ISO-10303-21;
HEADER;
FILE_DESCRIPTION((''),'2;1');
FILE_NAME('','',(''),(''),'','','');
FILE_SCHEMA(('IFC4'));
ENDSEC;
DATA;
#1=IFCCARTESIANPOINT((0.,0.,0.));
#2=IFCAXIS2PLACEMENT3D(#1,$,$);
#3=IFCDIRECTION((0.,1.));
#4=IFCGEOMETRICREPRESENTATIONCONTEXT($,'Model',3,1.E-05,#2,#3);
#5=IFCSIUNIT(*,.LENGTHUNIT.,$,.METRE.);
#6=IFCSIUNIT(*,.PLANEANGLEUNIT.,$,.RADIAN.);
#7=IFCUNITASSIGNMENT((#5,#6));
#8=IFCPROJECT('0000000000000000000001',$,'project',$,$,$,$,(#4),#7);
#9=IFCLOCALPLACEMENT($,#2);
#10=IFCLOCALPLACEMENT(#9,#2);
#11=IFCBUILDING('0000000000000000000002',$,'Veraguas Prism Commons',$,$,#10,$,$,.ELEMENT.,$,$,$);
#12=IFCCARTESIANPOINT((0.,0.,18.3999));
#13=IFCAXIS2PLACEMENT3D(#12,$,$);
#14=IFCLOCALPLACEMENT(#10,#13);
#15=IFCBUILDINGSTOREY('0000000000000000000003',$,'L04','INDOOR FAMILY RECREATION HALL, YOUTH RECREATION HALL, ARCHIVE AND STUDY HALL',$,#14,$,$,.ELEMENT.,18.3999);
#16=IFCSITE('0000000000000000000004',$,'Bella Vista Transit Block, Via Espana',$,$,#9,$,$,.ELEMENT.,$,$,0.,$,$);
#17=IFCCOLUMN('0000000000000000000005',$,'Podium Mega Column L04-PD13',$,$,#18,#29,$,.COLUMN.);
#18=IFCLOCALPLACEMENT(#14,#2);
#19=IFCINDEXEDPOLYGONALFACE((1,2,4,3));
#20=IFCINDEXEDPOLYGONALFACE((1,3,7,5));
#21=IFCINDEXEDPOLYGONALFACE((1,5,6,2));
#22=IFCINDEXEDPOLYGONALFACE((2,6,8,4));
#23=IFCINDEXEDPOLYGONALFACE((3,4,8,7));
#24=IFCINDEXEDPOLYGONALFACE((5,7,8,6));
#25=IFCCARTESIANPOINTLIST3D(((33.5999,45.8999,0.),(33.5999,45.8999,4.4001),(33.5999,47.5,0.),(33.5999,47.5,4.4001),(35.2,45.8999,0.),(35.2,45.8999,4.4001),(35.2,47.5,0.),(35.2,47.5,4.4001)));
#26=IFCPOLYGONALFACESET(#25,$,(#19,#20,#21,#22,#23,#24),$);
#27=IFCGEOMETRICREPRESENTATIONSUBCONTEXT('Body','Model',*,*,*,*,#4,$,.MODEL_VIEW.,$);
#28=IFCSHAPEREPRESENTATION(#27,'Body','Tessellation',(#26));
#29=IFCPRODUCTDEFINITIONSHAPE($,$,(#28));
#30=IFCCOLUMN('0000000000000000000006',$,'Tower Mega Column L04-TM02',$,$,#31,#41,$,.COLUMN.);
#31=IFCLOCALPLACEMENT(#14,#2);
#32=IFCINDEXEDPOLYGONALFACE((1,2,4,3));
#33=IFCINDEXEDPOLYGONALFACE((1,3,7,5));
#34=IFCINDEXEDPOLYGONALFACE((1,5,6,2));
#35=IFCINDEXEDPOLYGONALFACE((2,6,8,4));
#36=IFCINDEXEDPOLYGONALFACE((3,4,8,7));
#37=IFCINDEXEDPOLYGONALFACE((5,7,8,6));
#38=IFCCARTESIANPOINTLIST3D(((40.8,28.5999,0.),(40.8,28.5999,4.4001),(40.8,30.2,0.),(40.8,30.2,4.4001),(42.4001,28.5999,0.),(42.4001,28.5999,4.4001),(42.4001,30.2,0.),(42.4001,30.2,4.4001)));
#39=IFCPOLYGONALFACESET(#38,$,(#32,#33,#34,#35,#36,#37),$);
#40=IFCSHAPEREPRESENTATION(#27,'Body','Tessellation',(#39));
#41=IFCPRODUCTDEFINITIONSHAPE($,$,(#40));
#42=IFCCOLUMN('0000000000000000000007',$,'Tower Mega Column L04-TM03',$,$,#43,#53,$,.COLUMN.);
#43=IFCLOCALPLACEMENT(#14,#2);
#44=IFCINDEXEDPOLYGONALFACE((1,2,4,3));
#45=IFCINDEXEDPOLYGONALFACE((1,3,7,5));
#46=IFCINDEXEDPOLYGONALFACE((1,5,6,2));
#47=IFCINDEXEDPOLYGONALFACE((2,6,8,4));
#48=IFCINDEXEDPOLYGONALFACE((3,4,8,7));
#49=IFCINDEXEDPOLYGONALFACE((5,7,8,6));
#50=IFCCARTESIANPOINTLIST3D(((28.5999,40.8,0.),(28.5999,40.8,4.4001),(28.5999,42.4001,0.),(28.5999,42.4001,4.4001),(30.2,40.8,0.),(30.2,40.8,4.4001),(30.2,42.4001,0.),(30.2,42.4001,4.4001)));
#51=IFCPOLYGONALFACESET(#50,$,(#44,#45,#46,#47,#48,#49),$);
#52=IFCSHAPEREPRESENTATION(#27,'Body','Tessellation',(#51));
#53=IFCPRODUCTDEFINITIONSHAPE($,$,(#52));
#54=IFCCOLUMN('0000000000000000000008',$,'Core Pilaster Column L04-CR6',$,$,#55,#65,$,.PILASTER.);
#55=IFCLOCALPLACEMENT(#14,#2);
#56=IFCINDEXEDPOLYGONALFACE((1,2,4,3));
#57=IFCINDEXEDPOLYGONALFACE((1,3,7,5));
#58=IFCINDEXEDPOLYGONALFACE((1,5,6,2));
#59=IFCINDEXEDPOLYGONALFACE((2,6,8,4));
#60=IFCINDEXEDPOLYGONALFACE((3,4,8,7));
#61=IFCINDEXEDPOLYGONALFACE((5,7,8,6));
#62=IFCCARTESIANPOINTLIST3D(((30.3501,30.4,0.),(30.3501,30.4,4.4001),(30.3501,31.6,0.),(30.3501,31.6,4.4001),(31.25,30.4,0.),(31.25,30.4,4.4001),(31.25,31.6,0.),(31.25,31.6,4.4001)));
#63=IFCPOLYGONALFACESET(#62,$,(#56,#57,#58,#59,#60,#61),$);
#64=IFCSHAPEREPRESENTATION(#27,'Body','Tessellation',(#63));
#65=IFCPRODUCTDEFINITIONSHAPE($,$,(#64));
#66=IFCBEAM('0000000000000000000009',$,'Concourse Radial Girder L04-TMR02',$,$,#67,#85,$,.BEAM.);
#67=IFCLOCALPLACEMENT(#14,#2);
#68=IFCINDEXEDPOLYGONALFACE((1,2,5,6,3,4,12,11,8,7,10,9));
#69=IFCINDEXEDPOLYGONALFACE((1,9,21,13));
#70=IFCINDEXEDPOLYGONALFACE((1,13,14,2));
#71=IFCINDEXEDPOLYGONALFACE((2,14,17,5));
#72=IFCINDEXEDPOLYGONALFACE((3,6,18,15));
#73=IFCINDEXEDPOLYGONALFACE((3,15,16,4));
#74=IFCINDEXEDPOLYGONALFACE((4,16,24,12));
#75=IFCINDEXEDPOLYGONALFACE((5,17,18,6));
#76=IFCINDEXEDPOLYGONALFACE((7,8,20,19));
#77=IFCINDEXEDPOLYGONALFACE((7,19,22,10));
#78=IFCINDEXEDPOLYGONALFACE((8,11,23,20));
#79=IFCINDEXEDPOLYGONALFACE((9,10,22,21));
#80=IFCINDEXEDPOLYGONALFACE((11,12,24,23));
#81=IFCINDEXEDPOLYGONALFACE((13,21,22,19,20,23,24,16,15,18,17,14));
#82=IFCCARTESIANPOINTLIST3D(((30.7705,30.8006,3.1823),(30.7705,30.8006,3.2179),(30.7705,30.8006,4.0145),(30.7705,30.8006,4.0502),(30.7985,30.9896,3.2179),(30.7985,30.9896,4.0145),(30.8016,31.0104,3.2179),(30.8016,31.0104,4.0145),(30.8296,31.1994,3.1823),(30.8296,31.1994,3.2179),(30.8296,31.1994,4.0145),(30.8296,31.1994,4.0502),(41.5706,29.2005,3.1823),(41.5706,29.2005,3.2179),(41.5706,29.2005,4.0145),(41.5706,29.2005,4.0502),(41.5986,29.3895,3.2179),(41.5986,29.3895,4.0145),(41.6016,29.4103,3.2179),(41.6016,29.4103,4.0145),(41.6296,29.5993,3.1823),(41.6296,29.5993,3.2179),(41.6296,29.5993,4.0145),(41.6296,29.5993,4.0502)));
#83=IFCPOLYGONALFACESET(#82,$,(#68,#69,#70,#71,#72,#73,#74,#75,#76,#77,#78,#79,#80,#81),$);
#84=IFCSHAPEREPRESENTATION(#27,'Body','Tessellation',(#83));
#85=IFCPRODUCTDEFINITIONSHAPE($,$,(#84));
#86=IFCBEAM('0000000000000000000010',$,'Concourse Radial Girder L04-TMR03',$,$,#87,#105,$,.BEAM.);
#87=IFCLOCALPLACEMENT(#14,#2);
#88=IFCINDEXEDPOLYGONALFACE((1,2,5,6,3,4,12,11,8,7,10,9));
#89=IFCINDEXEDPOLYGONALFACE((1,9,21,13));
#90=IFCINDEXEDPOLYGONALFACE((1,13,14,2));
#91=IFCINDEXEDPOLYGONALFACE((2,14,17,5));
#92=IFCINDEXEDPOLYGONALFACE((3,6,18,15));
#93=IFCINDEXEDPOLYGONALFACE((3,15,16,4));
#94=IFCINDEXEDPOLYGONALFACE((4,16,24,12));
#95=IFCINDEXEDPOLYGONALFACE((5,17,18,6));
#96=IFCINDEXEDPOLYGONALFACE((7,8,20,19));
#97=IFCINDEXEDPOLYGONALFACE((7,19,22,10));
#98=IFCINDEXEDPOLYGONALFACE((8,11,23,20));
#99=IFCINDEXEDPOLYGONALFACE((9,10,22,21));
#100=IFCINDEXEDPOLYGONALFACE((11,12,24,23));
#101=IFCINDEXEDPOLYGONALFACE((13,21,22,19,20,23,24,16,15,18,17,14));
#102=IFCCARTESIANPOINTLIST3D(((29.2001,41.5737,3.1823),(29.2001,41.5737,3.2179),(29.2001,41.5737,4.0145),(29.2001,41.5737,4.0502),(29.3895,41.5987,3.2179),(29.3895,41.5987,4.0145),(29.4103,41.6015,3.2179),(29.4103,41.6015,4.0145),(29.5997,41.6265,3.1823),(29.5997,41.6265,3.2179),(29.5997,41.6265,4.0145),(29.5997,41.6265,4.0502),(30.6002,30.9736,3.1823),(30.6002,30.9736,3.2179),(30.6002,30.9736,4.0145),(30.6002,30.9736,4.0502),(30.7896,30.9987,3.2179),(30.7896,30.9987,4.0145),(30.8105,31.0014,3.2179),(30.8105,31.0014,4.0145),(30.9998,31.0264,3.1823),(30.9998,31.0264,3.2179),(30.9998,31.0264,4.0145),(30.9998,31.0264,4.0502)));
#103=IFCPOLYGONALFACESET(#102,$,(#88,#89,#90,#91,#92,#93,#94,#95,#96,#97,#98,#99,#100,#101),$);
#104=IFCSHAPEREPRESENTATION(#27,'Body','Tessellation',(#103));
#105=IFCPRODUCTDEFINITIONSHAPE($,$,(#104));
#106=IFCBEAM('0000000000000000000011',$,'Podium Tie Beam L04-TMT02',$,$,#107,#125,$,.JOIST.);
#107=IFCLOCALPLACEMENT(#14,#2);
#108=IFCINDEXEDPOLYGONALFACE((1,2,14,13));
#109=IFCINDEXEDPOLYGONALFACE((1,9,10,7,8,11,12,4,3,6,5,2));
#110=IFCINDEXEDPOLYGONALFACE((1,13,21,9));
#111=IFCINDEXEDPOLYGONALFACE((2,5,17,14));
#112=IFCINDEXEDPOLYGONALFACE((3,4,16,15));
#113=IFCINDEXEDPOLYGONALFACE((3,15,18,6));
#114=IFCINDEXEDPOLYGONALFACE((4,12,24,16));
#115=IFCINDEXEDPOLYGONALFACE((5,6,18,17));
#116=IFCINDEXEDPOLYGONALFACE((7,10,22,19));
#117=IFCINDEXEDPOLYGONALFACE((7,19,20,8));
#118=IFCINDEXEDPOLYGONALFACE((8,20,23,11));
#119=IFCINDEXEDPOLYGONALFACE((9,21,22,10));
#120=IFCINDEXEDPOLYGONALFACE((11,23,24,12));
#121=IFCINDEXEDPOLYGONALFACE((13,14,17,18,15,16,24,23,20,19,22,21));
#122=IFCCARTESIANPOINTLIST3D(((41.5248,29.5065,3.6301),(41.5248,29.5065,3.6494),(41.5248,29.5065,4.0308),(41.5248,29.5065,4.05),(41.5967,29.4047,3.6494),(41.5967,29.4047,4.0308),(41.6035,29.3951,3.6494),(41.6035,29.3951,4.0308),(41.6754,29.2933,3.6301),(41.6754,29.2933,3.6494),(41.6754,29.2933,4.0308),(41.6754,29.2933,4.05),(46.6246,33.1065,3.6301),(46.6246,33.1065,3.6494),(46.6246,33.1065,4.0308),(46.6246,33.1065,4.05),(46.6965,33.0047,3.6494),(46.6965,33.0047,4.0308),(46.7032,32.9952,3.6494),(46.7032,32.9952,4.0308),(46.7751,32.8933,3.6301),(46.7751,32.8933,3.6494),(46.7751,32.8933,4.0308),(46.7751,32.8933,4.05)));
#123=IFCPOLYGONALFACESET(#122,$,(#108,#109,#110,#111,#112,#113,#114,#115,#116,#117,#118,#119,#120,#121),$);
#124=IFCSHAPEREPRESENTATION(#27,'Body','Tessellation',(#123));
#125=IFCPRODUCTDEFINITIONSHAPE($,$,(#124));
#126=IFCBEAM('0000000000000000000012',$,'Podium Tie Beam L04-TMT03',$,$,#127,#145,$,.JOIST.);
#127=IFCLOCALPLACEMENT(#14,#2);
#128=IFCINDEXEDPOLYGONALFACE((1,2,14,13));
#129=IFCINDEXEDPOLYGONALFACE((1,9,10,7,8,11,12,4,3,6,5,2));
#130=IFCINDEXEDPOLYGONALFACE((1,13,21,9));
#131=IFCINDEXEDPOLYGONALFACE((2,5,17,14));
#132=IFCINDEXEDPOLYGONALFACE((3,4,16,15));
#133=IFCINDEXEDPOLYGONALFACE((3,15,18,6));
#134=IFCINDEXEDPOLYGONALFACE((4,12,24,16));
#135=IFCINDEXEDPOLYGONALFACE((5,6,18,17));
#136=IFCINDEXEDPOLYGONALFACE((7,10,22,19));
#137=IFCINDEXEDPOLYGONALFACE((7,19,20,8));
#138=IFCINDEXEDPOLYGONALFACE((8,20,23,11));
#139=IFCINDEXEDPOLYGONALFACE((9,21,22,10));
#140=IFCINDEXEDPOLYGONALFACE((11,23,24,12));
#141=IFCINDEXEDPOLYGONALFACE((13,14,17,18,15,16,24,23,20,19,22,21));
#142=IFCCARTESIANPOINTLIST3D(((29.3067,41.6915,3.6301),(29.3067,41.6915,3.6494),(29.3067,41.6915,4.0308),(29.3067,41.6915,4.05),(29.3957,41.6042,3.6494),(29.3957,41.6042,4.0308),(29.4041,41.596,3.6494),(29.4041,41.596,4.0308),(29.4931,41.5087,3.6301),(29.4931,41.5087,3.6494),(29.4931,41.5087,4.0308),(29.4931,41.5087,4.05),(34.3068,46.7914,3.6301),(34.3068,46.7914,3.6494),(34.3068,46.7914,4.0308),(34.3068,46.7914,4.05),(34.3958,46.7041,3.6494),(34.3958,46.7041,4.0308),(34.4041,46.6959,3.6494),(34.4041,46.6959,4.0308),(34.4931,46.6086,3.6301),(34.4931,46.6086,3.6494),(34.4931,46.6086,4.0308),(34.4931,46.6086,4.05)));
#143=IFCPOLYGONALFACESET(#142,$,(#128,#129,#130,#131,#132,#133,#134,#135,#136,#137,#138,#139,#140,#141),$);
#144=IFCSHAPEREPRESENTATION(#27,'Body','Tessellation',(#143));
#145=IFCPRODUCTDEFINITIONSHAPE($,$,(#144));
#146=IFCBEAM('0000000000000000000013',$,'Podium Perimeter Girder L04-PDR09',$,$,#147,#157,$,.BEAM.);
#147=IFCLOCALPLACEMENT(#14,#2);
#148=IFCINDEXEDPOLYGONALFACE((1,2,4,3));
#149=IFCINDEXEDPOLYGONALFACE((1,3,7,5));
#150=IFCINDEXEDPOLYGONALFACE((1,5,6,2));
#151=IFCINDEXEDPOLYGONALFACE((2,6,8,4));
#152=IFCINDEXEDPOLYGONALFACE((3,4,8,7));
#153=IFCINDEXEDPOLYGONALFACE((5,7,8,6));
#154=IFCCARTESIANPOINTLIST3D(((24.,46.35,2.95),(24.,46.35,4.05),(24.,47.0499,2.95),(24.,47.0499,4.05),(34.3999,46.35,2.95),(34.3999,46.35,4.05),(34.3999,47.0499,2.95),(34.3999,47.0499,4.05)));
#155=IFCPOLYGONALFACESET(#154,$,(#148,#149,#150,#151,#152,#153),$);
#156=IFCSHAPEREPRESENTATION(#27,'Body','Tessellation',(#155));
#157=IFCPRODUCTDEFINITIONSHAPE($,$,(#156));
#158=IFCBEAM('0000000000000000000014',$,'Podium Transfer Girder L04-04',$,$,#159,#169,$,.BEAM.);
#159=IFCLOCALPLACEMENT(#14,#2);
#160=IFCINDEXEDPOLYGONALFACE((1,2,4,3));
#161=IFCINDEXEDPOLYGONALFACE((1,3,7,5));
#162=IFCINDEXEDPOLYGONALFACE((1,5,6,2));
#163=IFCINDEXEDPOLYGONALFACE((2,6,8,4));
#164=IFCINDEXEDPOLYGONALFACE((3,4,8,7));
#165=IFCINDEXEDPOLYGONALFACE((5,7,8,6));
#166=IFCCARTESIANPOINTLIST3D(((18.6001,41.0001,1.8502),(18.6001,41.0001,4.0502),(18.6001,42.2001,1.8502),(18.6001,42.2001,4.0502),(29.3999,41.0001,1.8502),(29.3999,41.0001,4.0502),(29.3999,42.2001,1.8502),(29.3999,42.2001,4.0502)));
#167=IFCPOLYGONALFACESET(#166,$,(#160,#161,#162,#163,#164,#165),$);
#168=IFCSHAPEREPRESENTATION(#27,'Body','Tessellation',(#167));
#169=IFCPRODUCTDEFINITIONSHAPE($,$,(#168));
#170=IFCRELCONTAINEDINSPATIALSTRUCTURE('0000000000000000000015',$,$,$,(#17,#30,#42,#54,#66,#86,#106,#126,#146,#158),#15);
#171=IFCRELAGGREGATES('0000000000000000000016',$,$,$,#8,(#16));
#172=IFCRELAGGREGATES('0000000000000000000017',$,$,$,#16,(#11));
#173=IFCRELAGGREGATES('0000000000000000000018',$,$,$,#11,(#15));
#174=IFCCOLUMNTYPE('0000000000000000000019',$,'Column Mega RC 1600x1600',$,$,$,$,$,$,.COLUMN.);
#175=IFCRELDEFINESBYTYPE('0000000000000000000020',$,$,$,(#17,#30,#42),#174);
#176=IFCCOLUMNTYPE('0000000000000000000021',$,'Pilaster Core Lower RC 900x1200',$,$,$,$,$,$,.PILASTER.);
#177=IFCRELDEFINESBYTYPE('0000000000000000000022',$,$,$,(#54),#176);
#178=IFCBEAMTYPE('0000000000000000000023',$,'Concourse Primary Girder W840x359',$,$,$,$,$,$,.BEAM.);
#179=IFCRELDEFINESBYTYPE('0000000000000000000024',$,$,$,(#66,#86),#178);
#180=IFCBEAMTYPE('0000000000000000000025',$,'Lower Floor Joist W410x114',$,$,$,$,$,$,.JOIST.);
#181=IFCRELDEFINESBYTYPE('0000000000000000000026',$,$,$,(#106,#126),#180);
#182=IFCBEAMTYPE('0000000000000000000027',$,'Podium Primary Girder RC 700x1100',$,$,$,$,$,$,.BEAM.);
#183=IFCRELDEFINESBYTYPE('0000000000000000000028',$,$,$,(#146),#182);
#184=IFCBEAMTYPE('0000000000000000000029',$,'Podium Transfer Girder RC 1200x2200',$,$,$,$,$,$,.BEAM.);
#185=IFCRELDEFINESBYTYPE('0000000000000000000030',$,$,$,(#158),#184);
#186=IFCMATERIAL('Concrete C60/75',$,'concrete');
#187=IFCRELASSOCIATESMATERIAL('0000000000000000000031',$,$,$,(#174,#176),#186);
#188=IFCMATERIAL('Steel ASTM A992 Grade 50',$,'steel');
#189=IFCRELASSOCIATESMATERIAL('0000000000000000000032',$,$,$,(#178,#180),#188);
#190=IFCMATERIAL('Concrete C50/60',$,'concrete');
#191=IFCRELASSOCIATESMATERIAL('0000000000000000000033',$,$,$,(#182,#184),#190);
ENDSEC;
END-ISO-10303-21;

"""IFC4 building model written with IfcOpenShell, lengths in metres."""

from ifc_helpers import new_model, si_unit, direction, frame, origin, origin_2d, place, context, subcontext, project, spatial, rectangle, i_section, extrude, material, material_profile, profile_set, type_object, element, save


model = new_model("IFC4")

# Units and contexts
model_context = context("Model", 3, precision=1e-05, world=origin(), true_north=direction((0.0, 1.0)))
body_context = subcontext(model_context, "Body", "Model", "MODEL_VIEW")
ifc_project = project(units=[si_unit("LENGTHUNIT", "METRE"), si_unit("PLANEANGLEUNIT", "RADIAN")], contexts=[model_context])

# Site, building, storey
site_placement = place(None, origin())
site = spatial("IfcSite", under=ifc_project, at=site_placement, Name="Bella Vista Transit Block, Via Espana", CompositionType="ELEMENT", RefElevation=0.0)
building_placement = place(site_placement, origin())
building = spatial("IfcBuilding", under=site, at=building_placement, Name="Veraguas Prism Commons", CompositionType="ELEMENT")
storey_placement = place(building_placement, frame((0.0, 0.0, 18.3999)))
storey = spatial("IfcBuildingStorey", under=building, at=storey_placement, Name="L04", Description="INDOOR FAMILY RECREATION HALL, YOUTH RECREATION HALL, ARCHIVE AND STUDY HALL", CompositionType="ELEMENT", Elevation=18.3999)

# Columns
ifc_material_1 = material(Name="Concrete C60/75", Category="concrete")
ifc_material_profile_1 = material_profile(ifc_material_1, rectangle(XDim=1.6001, YDim=1.6001, at=origin_2d()), Name="RC1600X1600")
ifc_profile_set_1 = profile_set([ifc_material_profile_1], Name="Concrete C60/75")
column_type_1 = type_object("IfcColumnType", Name="Column Mega RC 1600x1600", PredefinedType="COLUMN", material=ifc_profile_set_1)
for number, where, z_axis, x_axis, name in (
    (1, (34.3999, 46.7, 0.0), (0.0, 0.0, 1.0), (1.0, 0.0, 0.0), "Podium Mega Column L04-PD13"),
    (2, (41.6001, 29.3999, 0.0), (0.0, 0.0, 1.0), (1.0, 0.0, 0.0), "Tower Mega Column L04-TM02"),
    (3, (29.3999, 41.6001, 0.0), (0.0, 0.0, 1.0), (1.0, 0.0, 0.0), "Tower Mega Column L04-TM03"),
):
    element("IfcColumn", number, at=place(storey_placement, frame(where, z_axis=z_axis, x_axis=x_axis)), inside=storey, type_object=column_type_1, Name=name, PredefinedType="COLUMN", context=body_context, shape_type="SweptSolid", body=[
        extrude(rectangle(XDim=1.6001, YDim=1.6001, at=origin_2d()), origin(), (0.0, 0.0, 1.0), 4.4001),
    ])
ifc_material_profile_2 = material_profile(ifc_material_1, rectangle(XDim=0.8999, YDim=1.2, at=origin_2d()), Name="RC900X1200")
ifc_profile_set_2 = profile_set([ifc_material_profile_2], Name="Concrete C60/75")
column_type_2 = type_object("IfcColumnType", Name="Pilaster Core Lower RC 900x1200", PredefinedType="PILASTER", material=ifc_profile_set_2)
column_placement = place(storey_placement, frame((30.8, 31.0, 0.0), z_axis=(0.0, 0.0, 1.0), x_axis=(1.0, 0.0, 0.0)))
element("IfcColumn", 4, at=column_placement, inside=storey, type_object=column_type_2, Name="Core Pilaster Column L04-CR6", PredefinedType="PILASTER", context=body_context, shape_type="SweptSolid", body=[
    extrude(rectangle(XDim=0.8999, YDim=1.2, at=origin_2d()), origin(), (0.0, 0.0, 1.0), 4.4001),
])

# Beams
ifc_material_2 = material(Name="Steel ASTM A992 Grade 50", Category="steel")
ifc_material_profile_3 = material_profile(ifc_material_2, i_section(OverallWidth=0.4031, OverallDepth=0.8679, WebThickness=0.021, FlangeThickness=0.0356, at=origin_2d()), Name="W840X359")
ifc_profile_set_3 = profile_set([ifc_material_profile_3], Name="Steel ASTM A992 Grade 50")
beam_type_1 = type_object("IfcBeamType", Name="Concourse Primary Girder W840x359", PredefinedType="BEAM", material=ifc_profile_set_3)
beam_1_placement = place(storey_placement, frame((41.6001, 29.3999, 3.6162), z_axis=(-0.989202, 0.146557, 0.0), x_axis=(-0.146557, -0.989202, 0.0)))
element("IfcBeam", 5, at=beam_1_placement, inside=storey, type_object=beam_type_1, Name="Concourse Radial Girder L04-TMR02", PredefinedType="BEAM", context=body_context, shape_type="SweptSolid", body=[
    extrude(i_section(OverallWidth=0.4031, OverallDepth=0.8679, WebThickness=0.021, FlangeThickness=0.0356, at=origin_2d()), origin(), (0.0, 0.0, 1.0), 10.918),
])
beam_2_placement = place(storey_placement, frame((29.3999, 41.6001, 3.6162), z_axis=(0.130951, -0.991389, 0.0), x_axis=(0.991389, 0.130951, 0.0)))
element("IfcBeam", 6, at=beam_2_placement, inside=storey, type_object=beam_type_1, Name="Concourse Radial Girder L04-TMR03", PredefinedType="BEAM", context=body_context, shape_type="SweptSolid", body=[
    extrude(i_section(OverallWidth=0.4031, OverallDepth=0.8679, WebThickness=0.021, FlangeThickness=0.0356, at=origin_2d()), origin(), (0.0, 0.0, 1.0), 10.6921),
])
ifc_material_profile_4 = material_profile(ifc_material_2, i_section(OverallWidth=0.261, OverallDepth=0.4199, WebThickness=0.0117, FlangeThickness=0.0193, at=origin_2d()), Name="W410X114")
ifc_profile_set_4 = profile_set([ifc_material_profile_4], Name="Steel ASTM A992 Grade 50")
beam_type_2 = type_object("IfcBeamType", Name="Lower Floor Joist W410x114", PredefinedType="JOIST", material=ifc_profile_set_4)
beam_3_placement = place(storey_placement, frame((41.6001, 29.3999, 3.8401), z_axis=(0.816953, 0.576705, 0.0), x_axis=(-0.576705, 0.816953, 0.0)))
element("IfcBeam", 7, at=beam_3_placement, inside=storey, type_object=beam_type_2, Name="Podium Tie Beam L04-TMT02", PredefinedType="JOIST", context=body_context, shape_type="SweptSolid", body=[
    extrude(i_section(OverallWidth=0.261, OverallDepth=0.4199, WebThickness=0.0117, FlangeThickness=0.0193, at=origin_2d()), origin(), (0.0, 0.0, 1.0), 6.2424),
])
beam_4_placement = place(storey_placement, frame((29.3999, 41.6001, 3.8401), z_axis=(0.700082, 0.714063, 0.0), x_axis=(-0.714063, 0.700082, 0.0)))
element("IfcBeam", 8, at=beam_4_placement, inside=storey, type_object=beam_type_2, Name="Podium Tie Beam L04-TMT03", PredefinedType="JOIST", context=body_context, shape_type="SweptSolid", body=[
    extrude(i_section(OverallWidth=0.261, OverallDepth=0.4199, WebThickness=0.0117, FlangeThickness=0.0193, at=origin_2d()), origin(), (0.0, 0.0, 1.0), 7.1421),
])
ifc_material_3 = material(Name="Concrete C50/60", Category="concrete")
ifc_material_profile_5 = material_profile(ifc_material_3, rectangle(XDim=0.7, YDim=1.1001, at=origin_2d()), Name="RC700X1100")
ifc_profile_set_5 = profile_set([ifc_material_profile_5], Name="Concrete C50/60")
beam_type_3 = type_object("IfcBeamType", Name="Podium Primary Girder RC 700x1100", PredefinedType="BEAM", material=ifc_profile_set_5)
beam_5_placement = place(storey_placement, frame((34.3999, 46.7, 3.5), z_axis=(-1.0, 0.0, 0.0), x_axis=(0.0, -1.0, 0.0)))
element("IfcBeam", 9, at=beam_5_placement, inside=storey, type_object=beam_type_3, Name="Podium Perimeter Girder L04-PDR09", PredefinedType="BEAM", context=body_context, shape_type="SweptSolid", body=[
    extrude(rectangle(XDim=0.7, YDim=1.1001, at=origin_2d()), origin(), (0.0, 0.0, 1.0), 10.3999),
])
ifc_material_profile_6 = material_profile(ifc_material_3, rectangle(XDim=1.2, YDim=2.2, at=origin_2d()), Name="RC1200X2200")
ifc_profile_set_6 = profile_set([ifc_material_profile_6], Name="Concrete C50/60")
beam_type_4 = type_object("IfcBeamType", Name="Podium Transfer Girder RC 1200x2200", PredefinedType="BEAM", material=ifc_profile_set_6)
beam_6_placement = place(storey_placement, frame((29.3999, 41.6001, 2.9502), z_axis=(-1.0, 0.0, 0.0), x_axis=(0.0, -1.0, 0.0)))
element("IfcBeam", 10, at=beam_6_placement, inside=storey, type_object=beam_type_4, Name="Podium Transfer Girder L04-04", PredefinedType="BEAM", context=body_context, shape_type="SweptSolid", body=[
    extrude(rectangle(XDim=1.2, YDim=2.2, at=origin_2d()), origin(), (0.0, 0.0, 1.0), 10.7998),
])

save(model, "model.ifc")
